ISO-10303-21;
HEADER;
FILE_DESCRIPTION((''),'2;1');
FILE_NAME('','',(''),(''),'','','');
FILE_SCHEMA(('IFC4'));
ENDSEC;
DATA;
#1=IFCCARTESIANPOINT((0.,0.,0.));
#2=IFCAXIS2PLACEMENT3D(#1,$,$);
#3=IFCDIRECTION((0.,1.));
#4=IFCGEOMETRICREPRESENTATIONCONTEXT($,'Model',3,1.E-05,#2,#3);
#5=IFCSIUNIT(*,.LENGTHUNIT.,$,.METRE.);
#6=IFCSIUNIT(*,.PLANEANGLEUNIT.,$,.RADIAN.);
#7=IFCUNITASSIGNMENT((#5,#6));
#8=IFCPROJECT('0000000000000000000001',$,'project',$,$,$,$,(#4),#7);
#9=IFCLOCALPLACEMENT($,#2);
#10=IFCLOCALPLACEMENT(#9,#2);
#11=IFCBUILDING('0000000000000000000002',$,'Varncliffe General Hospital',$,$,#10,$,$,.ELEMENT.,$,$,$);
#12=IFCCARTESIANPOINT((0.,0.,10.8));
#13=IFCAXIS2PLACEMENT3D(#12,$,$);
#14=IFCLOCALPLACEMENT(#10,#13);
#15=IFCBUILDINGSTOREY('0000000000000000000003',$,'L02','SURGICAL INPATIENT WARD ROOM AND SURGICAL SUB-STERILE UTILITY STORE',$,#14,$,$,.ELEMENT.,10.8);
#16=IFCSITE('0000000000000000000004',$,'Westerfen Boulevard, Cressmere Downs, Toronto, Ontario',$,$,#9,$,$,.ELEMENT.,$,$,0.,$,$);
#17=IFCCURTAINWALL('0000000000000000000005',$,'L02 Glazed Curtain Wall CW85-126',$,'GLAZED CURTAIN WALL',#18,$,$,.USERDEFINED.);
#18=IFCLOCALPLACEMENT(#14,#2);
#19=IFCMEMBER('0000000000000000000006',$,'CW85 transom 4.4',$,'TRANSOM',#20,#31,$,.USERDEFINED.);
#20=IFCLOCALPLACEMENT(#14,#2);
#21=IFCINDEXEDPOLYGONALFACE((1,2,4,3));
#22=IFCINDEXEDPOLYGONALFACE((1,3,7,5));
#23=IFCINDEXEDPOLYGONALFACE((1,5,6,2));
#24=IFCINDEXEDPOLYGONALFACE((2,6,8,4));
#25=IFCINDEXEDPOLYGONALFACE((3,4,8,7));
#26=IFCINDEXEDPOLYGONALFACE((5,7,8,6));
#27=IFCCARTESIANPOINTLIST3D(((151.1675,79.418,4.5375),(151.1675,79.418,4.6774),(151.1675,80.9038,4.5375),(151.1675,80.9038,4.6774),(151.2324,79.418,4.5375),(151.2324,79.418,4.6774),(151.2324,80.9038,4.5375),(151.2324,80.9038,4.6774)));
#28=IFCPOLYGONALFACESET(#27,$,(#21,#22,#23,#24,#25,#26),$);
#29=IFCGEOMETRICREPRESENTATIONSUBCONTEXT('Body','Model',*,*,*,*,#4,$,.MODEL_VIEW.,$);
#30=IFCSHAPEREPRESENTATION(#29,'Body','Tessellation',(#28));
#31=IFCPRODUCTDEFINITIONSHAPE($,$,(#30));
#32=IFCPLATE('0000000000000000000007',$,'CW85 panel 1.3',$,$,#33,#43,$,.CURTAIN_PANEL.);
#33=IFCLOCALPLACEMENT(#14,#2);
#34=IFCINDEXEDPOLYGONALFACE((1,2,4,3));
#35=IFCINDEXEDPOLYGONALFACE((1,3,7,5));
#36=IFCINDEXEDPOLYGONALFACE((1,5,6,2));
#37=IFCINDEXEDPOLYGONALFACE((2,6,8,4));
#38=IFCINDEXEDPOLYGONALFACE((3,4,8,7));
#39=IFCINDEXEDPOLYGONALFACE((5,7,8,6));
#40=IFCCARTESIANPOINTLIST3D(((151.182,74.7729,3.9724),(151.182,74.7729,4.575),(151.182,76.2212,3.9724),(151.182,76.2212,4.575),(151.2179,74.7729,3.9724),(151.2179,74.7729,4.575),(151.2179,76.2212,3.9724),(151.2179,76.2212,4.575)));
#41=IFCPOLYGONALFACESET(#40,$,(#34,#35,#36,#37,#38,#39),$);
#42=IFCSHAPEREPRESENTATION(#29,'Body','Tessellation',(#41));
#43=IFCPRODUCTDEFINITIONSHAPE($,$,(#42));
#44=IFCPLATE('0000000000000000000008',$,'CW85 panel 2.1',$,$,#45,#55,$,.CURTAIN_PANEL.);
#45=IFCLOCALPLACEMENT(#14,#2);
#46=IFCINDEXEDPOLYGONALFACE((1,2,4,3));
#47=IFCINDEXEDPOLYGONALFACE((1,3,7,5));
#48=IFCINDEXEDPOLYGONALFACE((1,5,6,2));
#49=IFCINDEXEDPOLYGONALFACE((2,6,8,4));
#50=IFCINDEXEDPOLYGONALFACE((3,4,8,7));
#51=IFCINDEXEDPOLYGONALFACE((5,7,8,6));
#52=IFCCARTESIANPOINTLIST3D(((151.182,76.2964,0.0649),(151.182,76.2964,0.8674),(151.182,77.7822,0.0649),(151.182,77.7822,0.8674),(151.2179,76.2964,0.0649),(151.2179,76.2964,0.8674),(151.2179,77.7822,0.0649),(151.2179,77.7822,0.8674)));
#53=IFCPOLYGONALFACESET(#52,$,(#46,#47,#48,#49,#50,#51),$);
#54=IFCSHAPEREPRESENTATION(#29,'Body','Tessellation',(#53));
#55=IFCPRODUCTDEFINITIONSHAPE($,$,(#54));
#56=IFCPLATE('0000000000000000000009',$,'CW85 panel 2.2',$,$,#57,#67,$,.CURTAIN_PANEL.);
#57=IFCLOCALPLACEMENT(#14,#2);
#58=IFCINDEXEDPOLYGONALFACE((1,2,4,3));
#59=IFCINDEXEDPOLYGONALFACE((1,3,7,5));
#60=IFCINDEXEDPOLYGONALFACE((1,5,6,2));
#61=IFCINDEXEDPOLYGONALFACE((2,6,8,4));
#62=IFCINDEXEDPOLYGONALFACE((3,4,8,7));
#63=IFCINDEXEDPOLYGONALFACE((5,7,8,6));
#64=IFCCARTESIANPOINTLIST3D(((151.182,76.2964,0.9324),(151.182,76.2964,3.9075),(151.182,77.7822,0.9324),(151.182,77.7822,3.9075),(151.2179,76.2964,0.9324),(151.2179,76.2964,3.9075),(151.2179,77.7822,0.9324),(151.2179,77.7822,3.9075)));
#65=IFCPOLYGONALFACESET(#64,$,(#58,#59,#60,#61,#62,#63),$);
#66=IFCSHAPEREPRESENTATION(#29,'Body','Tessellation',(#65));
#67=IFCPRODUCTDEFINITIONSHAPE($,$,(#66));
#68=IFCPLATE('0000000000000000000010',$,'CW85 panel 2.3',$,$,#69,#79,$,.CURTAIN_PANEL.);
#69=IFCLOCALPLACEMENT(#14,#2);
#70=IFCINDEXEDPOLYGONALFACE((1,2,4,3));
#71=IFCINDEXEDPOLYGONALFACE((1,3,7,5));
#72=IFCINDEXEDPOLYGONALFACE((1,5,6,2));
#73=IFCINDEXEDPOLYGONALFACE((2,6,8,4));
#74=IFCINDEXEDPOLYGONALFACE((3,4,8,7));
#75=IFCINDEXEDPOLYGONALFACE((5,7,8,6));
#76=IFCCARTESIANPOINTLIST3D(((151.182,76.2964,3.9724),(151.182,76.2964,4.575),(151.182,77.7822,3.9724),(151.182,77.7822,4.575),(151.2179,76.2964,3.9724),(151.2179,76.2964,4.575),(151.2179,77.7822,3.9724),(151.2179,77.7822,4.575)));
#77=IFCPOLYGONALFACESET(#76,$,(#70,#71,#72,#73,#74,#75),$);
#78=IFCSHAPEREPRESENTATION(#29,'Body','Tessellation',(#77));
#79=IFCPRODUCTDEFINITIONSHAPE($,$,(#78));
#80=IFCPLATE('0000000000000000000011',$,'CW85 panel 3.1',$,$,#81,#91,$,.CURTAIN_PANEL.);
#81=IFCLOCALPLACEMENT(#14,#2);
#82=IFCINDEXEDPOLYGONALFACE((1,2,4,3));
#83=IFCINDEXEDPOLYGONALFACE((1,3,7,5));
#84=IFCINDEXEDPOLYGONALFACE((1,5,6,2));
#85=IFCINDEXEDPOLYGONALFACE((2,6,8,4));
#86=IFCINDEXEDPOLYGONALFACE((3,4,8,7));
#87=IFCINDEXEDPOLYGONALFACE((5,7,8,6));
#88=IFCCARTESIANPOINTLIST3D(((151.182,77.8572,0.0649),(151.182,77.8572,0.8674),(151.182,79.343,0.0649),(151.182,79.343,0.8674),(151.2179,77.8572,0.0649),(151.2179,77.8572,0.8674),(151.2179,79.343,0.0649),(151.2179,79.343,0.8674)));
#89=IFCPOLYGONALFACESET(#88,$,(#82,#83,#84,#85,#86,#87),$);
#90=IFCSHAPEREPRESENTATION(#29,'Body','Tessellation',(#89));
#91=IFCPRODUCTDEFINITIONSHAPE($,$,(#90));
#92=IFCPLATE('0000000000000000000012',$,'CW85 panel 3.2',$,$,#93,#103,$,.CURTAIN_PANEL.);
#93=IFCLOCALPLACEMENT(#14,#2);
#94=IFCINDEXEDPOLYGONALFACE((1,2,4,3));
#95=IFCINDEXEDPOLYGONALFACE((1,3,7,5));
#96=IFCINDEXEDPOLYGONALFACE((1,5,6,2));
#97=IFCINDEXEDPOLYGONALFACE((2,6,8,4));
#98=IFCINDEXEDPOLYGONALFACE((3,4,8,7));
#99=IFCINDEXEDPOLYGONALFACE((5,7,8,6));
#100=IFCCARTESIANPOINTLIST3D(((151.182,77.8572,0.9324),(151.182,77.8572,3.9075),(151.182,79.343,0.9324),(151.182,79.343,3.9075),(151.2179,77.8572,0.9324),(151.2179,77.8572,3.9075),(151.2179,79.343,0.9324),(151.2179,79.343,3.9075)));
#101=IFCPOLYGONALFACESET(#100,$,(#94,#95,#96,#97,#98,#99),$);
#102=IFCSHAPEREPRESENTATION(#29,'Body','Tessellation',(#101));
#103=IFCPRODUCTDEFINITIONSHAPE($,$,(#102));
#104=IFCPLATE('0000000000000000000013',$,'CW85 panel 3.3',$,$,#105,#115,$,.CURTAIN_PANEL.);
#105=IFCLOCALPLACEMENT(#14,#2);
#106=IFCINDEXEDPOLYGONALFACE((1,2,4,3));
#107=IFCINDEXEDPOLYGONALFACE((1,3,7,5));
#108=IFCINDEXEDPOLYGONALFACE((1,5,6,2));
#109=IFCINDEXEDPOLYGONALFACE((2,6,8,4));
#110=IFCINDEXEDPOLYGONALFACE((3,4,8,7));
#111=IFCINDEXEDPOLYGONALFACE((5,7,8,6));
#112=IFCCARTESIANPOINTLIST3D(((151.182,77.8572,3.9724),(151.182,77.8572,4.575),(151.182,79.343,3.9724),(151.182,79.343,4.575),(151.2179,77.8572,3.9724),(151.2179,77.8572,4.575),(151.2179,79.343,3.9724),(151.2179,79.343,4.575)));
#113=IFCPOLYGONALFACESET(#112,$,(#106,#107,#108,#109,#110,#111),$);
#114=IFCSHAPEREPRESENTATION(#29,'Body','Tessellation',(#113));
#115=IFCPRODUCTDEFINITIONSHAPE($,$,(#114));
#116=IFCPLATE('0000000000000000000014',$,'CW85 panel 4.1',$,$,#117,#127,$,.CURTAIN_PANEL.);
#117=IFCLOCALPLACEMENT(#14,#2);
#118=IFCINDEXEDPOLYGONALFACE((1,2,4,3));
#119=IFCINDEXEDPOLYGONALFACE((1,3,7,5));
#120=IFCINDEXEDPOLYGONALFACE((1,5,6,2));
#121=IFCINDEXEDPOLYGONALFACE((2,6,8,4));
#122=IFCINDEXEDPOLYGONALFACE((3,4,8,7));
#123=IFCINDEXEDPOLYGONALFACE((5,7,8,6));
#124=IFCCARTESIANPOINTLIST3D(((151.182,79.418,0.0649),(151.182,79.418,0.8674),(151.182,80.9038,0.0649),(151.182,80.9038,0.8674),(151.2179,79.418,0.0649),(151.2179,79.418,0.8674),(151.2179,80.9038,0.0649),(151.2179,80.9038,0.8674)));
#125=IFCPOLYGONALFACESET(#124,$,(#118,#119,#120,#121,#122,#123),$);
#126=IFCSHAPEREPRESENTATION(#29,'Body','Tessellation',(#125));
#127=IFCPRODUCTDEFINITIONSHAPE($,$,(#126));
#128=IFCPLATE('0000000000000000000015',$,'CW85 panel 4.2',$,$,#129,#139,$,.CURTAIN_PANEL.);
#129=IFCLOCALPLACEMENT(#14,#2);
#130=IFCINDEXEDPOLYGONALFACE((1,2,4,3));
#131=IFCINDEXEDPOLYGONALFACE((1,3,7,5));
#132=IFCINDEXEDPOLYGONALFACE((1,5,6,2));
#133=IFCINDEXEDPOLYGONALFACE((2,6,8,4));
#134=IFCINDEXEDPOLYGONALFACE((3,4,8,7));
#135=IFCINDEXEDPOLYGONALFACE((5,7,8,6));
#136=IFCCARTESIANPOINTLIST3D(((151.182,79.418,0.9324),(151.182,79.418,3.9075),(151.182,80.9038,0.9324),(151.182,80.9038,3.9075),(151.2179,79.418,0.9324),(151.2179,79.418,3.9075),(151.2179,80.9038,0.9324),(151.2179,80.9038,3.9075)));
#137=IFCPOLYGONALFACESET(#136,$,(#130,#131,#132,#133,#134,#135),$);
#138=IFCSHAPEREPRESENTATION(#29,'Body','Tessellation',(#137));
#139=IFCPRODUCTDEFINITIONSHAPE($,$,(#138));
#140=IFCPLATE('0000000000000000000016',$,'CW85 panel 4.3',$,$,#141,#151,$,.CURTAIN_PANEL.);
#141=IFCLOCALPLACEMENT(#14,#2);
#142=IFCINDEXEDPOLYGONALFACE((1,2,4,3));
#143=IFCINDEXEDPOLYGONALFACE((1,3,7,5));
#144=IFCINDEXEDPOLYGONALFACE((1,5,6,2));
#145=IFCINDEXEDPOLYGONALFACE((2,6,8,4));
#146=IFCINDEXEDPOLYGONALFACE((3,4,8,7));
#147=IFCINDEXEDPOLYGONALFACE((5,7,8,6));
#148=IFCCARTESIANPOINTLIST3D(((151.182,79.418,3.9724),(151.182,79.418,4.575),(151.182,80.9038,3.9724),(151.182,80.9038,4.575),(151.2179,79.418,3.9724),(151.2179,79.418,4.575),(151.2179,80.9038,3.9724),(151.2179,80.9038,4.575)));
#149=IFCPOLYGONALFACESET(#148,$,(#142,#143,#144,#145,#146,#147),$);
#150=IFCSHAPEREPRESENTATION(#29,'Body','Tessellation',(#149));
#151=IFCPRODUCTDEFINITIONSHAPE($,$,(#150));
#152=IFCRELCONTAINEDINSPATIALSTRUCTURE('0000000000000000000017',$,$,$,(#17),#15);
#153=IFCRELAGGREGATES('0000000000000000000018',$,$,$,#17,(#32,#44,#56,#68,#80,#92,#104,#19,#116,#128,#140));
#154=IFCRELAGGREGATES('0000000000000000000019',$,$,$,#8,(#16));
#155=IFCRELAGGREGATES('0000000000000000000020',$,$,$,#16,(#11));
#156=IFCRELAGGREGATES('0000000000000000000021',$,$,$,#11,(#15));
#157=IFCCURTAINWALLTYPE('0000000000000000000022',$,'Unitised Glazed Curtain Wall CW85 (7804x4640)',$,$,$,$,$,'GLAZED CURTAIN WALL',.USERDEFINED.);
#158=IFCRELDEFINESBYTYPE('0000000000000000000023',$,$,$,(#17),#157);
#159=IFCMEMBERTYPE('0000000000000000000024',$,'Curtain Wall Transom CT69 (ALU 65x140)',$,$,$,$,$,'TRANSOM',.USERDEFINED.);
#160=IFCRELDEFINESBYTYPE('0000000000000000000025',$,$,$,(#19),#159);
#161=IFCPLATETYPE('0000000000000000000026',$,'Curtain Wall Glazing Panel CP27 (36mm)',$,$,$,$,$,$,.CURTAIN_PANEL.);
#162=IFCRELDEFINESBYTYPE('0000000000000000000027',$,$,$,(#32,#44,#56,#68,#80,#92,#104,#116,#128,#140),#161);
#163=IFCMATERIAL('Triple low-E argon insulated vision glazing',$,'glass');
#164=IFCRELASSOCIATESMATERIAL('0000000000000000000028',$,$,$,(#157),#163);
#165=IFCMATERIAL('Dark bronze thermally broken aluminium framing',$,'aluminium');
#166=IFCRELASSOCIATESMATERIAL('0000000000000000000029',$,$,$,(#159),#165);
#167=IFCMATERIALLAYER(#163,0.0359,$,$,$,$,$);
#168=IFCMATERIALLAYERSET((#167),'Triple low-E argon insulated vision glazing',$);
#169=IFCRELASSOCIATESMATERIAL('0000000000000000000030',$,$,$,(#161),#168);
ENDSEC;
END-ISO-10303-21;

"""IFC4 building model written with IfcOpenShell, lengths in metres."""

from ifc_helpers import new_model, si_unit, direction, frame, origin, origin_2d, place, context, subcontext, project, spatial, rectangle, extrude, material, layer, layer_set, material_profile, profile_set, type_object, element, aggregate, save


model = new_model("IFC4")

# Units and contexts
model_context = context("Model", 3, precision=1e-05, world=origin(), true_north=direction((0.0, 1.0)))
body_context = subcontext(model_context, "Body", "Model", "MODEL_VIEW")
ifc_project = project(units=[si_unit("LENGTHUNIT", "METRE"), si_unit("PLANEANGLEUNIT", "RADIAN")], contexts=[model_context])

# Site, building, storey
site_placement = place(None, origin())
site = spatial("IfcSite", under=ifc_project, at=site_placement, Name="Westerfen Boulevard, Cressmere Downs, Toronto, Ontario", CompositionType="ELEMENT", RefElevation=0.0)
building_placement = place(site_placement, origin())
building = spatial("IfcBuilding", under=site, at=building_placement, Name="Varncliffe General Hospital", CompositionType="ELEMENT")
storey_placement = place(building_placement, frame((0.0, 0.0, 10.8)))
storey = spatial("IfcBuildingStorey", under=building, at=storey_placement, Name="L02", Description="SURGICAL INPATIENT WARD ROOM AND SURGICAL SUB-STERILE UTILITY STORE", CompositionType="ELEMENT", Elevation=10.8)

# Curtain wall, member, plates
ifc_material_1 = material(Name="Triple low-E argon insulated vision glazing", Category="glass")
curtain_wall_type = type_object("IfcCurtainWallType", Name="Unitised Glazed Curtain Wall CW85 (7804x4640)", ElementType="GLAZED CURTAIN WALL", PredefinedType="USERDEFINED", material=ifc_material_1)
curtain_wall_placement = place(storey_placement, origin())
curtain_wall = element("IfcCurtainWall", 1, at=curtain_wall_placement, inside=storey, type_object=curtain_wall_type, Name="L02 Glazed Curtain Wall CW85-126", ObjectType="GLAZED CURTAIN WALL", PredefinedType="USERDEFINED")
ifc_material_2 = material(Name="Dark bronze thermally broken aluminium framing", Category="aluminium")
ifc_material_profile_1 = material_profile(ifc_material_2, rectangle(XDim=0.0649, YDim=0.1399, at=origin_2d()), Name="ALU 65x140")
ifc_profile_set_1 = profile_set([ifc_material_profile_1], Name="Dark bronze thermally broken aluminium framing")
member_type_1 = type_object("IfcMemberType", Name="Curtain Wall Transom CT69 (ALU 65x140)", ElementType="TRANSOM", PredefinedType="USERDEFINED", material=ifc_profile_set_1)
member_1_placement = place(storey_placement, frame((151.2, 79.418, 4.6074), z_axis=(0.0, 1.0, 0.0), x_axis=(-1.0, 0.0, 0.0)))
member_1 = element("IfcMember", 2, at=member_1_placement, type_object=member_type_1, Name="CW85 transom 4.4", ObjectType="TRANSOM", PredefinedType="USERDEFINED", context=body_context, shape_type="SweptSolid", body=[
    extrude(rectangle(XDim=0.0649, YDim=0.1399, at=origin_2d()), origin(), (0.0, 0.0, 1.0), 1.4858),
])
ifc_layer = layer(ifc_material_1, 0.0359)
ifc_layer_set = layer_set([ifc_layer], Name="Triple low-E argon insulated vision glazing")
plate_type = type_object("IfcPlateType", Name="Curtain Wall Glazing Panel CP27 (36mm)", PredefinedType="CURTAIN_PANEL", material=ifc_layer_set)
plate_1_placement = place(storey_placement, frame((151.2, 75.4971, 3.9724), z_axis=(0.0, 0.0, 1.0), x_axis=(0.0, 1.0, 0.0)))
plate_1 = element("IfcPlate", 3, at=plate_1_placement, type_object=plate_type, Name="CW85 panel 1.3", PredefinedType="CURTAIN_PANEL", context=body_context, shape_type="SweptSolid", body=[
    extrude(rectangle(XDim=1.4482, YDim=0.0359, at=origin_2d()), origin(), (0.0, 0.0, 1.0), 0.6025),
])
plate_2_placement = place(storey_placement, frame((151.2, 77.0393, 0.0649), z_axis=(0.0, 0.0, 1.0), x_axis=(0.0, 1.0, 0.0)))
plate_2 = element("IfcPlate", 4, at=plate_2_placement, type_object=plate_type, Name="CW85 panel 2.1", PredefinedType="CURTAIN_PANEL", context=body_context, shape_type="SweptSolid", body=[
    extrude(rectangle(XDim=1.4858, YDim=0.0359, at=origin_2d()), origin(), (0.0, 0.0, 1.0), 0.8025),
])
plate_3_placement = place(storey_placement, frame((151.2, 77.0393, 0.9324), z_axis=(0.0, 0.0, 1.0), x_axis=(0.0, 1.0, 0.0)))
plate_3 = element("IfcPlate", 5, at=plate_3_placement, type_object=plate_type, Name="CW85 panel 2.2", PredefinedType="CURTAIN_PANEL", context=body_context, shape_type="SweptSolid", body=[
    extrude(rectangle(XDim=1.4858, YDim=0.0359, at=origin_2d()), origin(), (0.0, 0.0, 1.0), 2.9751),
])
plate_4_placement = place(storey_placement, frame((151.2, 77.0393, 3.9724), z_axis=(0.0, 0.0, 1.0), x_axis=(0.0, 1.0, 0.0)))
plate_4 = element("IfcPlate", 6, at=plate_4_placement, type_object=plate_type, Name="CW85 panel 2.3", PredefinedType="CURTAIN_PANEL", context=body_context, shape_type="SweptSolid", body=[
    extrude(rectangle(XDim=1.4858, YDim=0.0359, at=origin_2d()), origin(), (0.0, 0.0, 1.0), 0.6025),
])
plate_5_placement = place(storey_placement, frame((151.2, 78.6001, 0.0649), z_axis=(0.0, 0.0, 1.0), x_axis=(0.0, 1.0, 0.0)))
plate_5 = element("IfcPlate", 7, at=plate_5_placement, type_object=plate_type, Name="CW85 panel 3.1", PredefinedType="CURTAIN_PANEL", context=body_context, shape_type="SweptSolid", body=[
    extrude(rectangle(XDim=1.4858, YDim=0.0359, at=origin_2d()), origin(), (0.0, 0.0, 1.0), 0.8025),
])
plate_6_placement = place(storey_placement, frame((151.2, 78.6001, 0.9324), z_axis=(0.0, 0.0, 1.0), x_axis=(0.0, 1.0, 0.0)))
plate_6 = element("IfcPlate", 8, at=plate_6_placement, type_object=plate_type, Name="CW85 panel 3.2", PredefinedType="CURTAIN_PANEL", context=body_context, shape_type="SweptSolid", body=[
    extrude(rectangle(XDim=1.4858, YDim=0.0359, at=origin_2d()), origin(), (0.0, 0.0, 1.0), 2.9751),
])
plate_7_placement = place(storey_placement, frame((151.2, 78.6001, 3.9724), z_axis=(0.0, 0.0, 1.0), x_axis=(0.0, 1.0, 0.0)))
plate_7 = element("IfcPlate", 9, at=plate_7_placement, type_object=plate_type, Name="CW85 panel 3.3", PredefinedType="CURTAIN_PANEL", context=body_context, shape_type="SweptSolid", body=[
    extrude(rectangle(XDim=1.4858, YDim=0.0359, at=origin_2d()), origin(), (0.0, 0.0, 1.0), 0.6025),
])
plate_8_placement = place(storey_placement, frame((151.2, 80.1609, 0.0649), z_axis=(0.0, 0.0, 1.0), x_axis=(0.0, 1.0, 0.0)))
plate_8 = element("IfcPlate", 10, at=plate_8_placement, type_object=plate_type, Name="CW85 panel 4.1", PredefinedType="CURTAIN_PANEL", context=body_context, shape_type="SweptSolid", body=[
    extrude(rectangle(XDim=1.4858, YDim=0.0359, at=origin_2d()), origin(), (0.0, 0.0, 1.0), 0.8025),
])
plate_9_placement = place(storey_placement, frame((151.2, 80.1609, 0.9324), z_axis=(0.0, 0.0, 1.0), x_axis=(0.0, 1.0, 0.0)))
plate_9 = element("IfcPlate", 11, at=plate_9_placement, type_object=plate_type, Name="CW85 panel 4.2", PredefinedType="CURTAIN_PANEL", context=body_context, shape_type="SweptSolid", body=[
    extrude(rectangle(XDim=1.4858, YDim=0.0359, at=origin_2d()), origin(), (0.0, 0.0, 1.0), 2.9751),
])
plate_10_placement = place(storey_placement, frame((151.2, 80.1609, 3.9724), z_axis=(0.0, 0.0, 1.0), x_axis=(0.0, 1.0, 0.0)))
plate_10 = element("IfcPlate", 12, at=plate_10_placement, type_object=plate_type, Name="CW85 panel 4.3", PredefinedType="CURTAIN_PANEL", context=body_context, shape_type="SweptSolid", body=[
    extrude(rectangle(XDim=1.4858, YDim=0.0359, at=origin_2d()), origin(), (0.0, 0.0, 1.0), 0.6025),
])
aggregate(curtain_wall, [plate_1, plate_2, plate_3, plate_4, plate_5, plate_6, plate_7, member_1, plate_8, plate_9, plate_10])

save(model, "model.ifc")
